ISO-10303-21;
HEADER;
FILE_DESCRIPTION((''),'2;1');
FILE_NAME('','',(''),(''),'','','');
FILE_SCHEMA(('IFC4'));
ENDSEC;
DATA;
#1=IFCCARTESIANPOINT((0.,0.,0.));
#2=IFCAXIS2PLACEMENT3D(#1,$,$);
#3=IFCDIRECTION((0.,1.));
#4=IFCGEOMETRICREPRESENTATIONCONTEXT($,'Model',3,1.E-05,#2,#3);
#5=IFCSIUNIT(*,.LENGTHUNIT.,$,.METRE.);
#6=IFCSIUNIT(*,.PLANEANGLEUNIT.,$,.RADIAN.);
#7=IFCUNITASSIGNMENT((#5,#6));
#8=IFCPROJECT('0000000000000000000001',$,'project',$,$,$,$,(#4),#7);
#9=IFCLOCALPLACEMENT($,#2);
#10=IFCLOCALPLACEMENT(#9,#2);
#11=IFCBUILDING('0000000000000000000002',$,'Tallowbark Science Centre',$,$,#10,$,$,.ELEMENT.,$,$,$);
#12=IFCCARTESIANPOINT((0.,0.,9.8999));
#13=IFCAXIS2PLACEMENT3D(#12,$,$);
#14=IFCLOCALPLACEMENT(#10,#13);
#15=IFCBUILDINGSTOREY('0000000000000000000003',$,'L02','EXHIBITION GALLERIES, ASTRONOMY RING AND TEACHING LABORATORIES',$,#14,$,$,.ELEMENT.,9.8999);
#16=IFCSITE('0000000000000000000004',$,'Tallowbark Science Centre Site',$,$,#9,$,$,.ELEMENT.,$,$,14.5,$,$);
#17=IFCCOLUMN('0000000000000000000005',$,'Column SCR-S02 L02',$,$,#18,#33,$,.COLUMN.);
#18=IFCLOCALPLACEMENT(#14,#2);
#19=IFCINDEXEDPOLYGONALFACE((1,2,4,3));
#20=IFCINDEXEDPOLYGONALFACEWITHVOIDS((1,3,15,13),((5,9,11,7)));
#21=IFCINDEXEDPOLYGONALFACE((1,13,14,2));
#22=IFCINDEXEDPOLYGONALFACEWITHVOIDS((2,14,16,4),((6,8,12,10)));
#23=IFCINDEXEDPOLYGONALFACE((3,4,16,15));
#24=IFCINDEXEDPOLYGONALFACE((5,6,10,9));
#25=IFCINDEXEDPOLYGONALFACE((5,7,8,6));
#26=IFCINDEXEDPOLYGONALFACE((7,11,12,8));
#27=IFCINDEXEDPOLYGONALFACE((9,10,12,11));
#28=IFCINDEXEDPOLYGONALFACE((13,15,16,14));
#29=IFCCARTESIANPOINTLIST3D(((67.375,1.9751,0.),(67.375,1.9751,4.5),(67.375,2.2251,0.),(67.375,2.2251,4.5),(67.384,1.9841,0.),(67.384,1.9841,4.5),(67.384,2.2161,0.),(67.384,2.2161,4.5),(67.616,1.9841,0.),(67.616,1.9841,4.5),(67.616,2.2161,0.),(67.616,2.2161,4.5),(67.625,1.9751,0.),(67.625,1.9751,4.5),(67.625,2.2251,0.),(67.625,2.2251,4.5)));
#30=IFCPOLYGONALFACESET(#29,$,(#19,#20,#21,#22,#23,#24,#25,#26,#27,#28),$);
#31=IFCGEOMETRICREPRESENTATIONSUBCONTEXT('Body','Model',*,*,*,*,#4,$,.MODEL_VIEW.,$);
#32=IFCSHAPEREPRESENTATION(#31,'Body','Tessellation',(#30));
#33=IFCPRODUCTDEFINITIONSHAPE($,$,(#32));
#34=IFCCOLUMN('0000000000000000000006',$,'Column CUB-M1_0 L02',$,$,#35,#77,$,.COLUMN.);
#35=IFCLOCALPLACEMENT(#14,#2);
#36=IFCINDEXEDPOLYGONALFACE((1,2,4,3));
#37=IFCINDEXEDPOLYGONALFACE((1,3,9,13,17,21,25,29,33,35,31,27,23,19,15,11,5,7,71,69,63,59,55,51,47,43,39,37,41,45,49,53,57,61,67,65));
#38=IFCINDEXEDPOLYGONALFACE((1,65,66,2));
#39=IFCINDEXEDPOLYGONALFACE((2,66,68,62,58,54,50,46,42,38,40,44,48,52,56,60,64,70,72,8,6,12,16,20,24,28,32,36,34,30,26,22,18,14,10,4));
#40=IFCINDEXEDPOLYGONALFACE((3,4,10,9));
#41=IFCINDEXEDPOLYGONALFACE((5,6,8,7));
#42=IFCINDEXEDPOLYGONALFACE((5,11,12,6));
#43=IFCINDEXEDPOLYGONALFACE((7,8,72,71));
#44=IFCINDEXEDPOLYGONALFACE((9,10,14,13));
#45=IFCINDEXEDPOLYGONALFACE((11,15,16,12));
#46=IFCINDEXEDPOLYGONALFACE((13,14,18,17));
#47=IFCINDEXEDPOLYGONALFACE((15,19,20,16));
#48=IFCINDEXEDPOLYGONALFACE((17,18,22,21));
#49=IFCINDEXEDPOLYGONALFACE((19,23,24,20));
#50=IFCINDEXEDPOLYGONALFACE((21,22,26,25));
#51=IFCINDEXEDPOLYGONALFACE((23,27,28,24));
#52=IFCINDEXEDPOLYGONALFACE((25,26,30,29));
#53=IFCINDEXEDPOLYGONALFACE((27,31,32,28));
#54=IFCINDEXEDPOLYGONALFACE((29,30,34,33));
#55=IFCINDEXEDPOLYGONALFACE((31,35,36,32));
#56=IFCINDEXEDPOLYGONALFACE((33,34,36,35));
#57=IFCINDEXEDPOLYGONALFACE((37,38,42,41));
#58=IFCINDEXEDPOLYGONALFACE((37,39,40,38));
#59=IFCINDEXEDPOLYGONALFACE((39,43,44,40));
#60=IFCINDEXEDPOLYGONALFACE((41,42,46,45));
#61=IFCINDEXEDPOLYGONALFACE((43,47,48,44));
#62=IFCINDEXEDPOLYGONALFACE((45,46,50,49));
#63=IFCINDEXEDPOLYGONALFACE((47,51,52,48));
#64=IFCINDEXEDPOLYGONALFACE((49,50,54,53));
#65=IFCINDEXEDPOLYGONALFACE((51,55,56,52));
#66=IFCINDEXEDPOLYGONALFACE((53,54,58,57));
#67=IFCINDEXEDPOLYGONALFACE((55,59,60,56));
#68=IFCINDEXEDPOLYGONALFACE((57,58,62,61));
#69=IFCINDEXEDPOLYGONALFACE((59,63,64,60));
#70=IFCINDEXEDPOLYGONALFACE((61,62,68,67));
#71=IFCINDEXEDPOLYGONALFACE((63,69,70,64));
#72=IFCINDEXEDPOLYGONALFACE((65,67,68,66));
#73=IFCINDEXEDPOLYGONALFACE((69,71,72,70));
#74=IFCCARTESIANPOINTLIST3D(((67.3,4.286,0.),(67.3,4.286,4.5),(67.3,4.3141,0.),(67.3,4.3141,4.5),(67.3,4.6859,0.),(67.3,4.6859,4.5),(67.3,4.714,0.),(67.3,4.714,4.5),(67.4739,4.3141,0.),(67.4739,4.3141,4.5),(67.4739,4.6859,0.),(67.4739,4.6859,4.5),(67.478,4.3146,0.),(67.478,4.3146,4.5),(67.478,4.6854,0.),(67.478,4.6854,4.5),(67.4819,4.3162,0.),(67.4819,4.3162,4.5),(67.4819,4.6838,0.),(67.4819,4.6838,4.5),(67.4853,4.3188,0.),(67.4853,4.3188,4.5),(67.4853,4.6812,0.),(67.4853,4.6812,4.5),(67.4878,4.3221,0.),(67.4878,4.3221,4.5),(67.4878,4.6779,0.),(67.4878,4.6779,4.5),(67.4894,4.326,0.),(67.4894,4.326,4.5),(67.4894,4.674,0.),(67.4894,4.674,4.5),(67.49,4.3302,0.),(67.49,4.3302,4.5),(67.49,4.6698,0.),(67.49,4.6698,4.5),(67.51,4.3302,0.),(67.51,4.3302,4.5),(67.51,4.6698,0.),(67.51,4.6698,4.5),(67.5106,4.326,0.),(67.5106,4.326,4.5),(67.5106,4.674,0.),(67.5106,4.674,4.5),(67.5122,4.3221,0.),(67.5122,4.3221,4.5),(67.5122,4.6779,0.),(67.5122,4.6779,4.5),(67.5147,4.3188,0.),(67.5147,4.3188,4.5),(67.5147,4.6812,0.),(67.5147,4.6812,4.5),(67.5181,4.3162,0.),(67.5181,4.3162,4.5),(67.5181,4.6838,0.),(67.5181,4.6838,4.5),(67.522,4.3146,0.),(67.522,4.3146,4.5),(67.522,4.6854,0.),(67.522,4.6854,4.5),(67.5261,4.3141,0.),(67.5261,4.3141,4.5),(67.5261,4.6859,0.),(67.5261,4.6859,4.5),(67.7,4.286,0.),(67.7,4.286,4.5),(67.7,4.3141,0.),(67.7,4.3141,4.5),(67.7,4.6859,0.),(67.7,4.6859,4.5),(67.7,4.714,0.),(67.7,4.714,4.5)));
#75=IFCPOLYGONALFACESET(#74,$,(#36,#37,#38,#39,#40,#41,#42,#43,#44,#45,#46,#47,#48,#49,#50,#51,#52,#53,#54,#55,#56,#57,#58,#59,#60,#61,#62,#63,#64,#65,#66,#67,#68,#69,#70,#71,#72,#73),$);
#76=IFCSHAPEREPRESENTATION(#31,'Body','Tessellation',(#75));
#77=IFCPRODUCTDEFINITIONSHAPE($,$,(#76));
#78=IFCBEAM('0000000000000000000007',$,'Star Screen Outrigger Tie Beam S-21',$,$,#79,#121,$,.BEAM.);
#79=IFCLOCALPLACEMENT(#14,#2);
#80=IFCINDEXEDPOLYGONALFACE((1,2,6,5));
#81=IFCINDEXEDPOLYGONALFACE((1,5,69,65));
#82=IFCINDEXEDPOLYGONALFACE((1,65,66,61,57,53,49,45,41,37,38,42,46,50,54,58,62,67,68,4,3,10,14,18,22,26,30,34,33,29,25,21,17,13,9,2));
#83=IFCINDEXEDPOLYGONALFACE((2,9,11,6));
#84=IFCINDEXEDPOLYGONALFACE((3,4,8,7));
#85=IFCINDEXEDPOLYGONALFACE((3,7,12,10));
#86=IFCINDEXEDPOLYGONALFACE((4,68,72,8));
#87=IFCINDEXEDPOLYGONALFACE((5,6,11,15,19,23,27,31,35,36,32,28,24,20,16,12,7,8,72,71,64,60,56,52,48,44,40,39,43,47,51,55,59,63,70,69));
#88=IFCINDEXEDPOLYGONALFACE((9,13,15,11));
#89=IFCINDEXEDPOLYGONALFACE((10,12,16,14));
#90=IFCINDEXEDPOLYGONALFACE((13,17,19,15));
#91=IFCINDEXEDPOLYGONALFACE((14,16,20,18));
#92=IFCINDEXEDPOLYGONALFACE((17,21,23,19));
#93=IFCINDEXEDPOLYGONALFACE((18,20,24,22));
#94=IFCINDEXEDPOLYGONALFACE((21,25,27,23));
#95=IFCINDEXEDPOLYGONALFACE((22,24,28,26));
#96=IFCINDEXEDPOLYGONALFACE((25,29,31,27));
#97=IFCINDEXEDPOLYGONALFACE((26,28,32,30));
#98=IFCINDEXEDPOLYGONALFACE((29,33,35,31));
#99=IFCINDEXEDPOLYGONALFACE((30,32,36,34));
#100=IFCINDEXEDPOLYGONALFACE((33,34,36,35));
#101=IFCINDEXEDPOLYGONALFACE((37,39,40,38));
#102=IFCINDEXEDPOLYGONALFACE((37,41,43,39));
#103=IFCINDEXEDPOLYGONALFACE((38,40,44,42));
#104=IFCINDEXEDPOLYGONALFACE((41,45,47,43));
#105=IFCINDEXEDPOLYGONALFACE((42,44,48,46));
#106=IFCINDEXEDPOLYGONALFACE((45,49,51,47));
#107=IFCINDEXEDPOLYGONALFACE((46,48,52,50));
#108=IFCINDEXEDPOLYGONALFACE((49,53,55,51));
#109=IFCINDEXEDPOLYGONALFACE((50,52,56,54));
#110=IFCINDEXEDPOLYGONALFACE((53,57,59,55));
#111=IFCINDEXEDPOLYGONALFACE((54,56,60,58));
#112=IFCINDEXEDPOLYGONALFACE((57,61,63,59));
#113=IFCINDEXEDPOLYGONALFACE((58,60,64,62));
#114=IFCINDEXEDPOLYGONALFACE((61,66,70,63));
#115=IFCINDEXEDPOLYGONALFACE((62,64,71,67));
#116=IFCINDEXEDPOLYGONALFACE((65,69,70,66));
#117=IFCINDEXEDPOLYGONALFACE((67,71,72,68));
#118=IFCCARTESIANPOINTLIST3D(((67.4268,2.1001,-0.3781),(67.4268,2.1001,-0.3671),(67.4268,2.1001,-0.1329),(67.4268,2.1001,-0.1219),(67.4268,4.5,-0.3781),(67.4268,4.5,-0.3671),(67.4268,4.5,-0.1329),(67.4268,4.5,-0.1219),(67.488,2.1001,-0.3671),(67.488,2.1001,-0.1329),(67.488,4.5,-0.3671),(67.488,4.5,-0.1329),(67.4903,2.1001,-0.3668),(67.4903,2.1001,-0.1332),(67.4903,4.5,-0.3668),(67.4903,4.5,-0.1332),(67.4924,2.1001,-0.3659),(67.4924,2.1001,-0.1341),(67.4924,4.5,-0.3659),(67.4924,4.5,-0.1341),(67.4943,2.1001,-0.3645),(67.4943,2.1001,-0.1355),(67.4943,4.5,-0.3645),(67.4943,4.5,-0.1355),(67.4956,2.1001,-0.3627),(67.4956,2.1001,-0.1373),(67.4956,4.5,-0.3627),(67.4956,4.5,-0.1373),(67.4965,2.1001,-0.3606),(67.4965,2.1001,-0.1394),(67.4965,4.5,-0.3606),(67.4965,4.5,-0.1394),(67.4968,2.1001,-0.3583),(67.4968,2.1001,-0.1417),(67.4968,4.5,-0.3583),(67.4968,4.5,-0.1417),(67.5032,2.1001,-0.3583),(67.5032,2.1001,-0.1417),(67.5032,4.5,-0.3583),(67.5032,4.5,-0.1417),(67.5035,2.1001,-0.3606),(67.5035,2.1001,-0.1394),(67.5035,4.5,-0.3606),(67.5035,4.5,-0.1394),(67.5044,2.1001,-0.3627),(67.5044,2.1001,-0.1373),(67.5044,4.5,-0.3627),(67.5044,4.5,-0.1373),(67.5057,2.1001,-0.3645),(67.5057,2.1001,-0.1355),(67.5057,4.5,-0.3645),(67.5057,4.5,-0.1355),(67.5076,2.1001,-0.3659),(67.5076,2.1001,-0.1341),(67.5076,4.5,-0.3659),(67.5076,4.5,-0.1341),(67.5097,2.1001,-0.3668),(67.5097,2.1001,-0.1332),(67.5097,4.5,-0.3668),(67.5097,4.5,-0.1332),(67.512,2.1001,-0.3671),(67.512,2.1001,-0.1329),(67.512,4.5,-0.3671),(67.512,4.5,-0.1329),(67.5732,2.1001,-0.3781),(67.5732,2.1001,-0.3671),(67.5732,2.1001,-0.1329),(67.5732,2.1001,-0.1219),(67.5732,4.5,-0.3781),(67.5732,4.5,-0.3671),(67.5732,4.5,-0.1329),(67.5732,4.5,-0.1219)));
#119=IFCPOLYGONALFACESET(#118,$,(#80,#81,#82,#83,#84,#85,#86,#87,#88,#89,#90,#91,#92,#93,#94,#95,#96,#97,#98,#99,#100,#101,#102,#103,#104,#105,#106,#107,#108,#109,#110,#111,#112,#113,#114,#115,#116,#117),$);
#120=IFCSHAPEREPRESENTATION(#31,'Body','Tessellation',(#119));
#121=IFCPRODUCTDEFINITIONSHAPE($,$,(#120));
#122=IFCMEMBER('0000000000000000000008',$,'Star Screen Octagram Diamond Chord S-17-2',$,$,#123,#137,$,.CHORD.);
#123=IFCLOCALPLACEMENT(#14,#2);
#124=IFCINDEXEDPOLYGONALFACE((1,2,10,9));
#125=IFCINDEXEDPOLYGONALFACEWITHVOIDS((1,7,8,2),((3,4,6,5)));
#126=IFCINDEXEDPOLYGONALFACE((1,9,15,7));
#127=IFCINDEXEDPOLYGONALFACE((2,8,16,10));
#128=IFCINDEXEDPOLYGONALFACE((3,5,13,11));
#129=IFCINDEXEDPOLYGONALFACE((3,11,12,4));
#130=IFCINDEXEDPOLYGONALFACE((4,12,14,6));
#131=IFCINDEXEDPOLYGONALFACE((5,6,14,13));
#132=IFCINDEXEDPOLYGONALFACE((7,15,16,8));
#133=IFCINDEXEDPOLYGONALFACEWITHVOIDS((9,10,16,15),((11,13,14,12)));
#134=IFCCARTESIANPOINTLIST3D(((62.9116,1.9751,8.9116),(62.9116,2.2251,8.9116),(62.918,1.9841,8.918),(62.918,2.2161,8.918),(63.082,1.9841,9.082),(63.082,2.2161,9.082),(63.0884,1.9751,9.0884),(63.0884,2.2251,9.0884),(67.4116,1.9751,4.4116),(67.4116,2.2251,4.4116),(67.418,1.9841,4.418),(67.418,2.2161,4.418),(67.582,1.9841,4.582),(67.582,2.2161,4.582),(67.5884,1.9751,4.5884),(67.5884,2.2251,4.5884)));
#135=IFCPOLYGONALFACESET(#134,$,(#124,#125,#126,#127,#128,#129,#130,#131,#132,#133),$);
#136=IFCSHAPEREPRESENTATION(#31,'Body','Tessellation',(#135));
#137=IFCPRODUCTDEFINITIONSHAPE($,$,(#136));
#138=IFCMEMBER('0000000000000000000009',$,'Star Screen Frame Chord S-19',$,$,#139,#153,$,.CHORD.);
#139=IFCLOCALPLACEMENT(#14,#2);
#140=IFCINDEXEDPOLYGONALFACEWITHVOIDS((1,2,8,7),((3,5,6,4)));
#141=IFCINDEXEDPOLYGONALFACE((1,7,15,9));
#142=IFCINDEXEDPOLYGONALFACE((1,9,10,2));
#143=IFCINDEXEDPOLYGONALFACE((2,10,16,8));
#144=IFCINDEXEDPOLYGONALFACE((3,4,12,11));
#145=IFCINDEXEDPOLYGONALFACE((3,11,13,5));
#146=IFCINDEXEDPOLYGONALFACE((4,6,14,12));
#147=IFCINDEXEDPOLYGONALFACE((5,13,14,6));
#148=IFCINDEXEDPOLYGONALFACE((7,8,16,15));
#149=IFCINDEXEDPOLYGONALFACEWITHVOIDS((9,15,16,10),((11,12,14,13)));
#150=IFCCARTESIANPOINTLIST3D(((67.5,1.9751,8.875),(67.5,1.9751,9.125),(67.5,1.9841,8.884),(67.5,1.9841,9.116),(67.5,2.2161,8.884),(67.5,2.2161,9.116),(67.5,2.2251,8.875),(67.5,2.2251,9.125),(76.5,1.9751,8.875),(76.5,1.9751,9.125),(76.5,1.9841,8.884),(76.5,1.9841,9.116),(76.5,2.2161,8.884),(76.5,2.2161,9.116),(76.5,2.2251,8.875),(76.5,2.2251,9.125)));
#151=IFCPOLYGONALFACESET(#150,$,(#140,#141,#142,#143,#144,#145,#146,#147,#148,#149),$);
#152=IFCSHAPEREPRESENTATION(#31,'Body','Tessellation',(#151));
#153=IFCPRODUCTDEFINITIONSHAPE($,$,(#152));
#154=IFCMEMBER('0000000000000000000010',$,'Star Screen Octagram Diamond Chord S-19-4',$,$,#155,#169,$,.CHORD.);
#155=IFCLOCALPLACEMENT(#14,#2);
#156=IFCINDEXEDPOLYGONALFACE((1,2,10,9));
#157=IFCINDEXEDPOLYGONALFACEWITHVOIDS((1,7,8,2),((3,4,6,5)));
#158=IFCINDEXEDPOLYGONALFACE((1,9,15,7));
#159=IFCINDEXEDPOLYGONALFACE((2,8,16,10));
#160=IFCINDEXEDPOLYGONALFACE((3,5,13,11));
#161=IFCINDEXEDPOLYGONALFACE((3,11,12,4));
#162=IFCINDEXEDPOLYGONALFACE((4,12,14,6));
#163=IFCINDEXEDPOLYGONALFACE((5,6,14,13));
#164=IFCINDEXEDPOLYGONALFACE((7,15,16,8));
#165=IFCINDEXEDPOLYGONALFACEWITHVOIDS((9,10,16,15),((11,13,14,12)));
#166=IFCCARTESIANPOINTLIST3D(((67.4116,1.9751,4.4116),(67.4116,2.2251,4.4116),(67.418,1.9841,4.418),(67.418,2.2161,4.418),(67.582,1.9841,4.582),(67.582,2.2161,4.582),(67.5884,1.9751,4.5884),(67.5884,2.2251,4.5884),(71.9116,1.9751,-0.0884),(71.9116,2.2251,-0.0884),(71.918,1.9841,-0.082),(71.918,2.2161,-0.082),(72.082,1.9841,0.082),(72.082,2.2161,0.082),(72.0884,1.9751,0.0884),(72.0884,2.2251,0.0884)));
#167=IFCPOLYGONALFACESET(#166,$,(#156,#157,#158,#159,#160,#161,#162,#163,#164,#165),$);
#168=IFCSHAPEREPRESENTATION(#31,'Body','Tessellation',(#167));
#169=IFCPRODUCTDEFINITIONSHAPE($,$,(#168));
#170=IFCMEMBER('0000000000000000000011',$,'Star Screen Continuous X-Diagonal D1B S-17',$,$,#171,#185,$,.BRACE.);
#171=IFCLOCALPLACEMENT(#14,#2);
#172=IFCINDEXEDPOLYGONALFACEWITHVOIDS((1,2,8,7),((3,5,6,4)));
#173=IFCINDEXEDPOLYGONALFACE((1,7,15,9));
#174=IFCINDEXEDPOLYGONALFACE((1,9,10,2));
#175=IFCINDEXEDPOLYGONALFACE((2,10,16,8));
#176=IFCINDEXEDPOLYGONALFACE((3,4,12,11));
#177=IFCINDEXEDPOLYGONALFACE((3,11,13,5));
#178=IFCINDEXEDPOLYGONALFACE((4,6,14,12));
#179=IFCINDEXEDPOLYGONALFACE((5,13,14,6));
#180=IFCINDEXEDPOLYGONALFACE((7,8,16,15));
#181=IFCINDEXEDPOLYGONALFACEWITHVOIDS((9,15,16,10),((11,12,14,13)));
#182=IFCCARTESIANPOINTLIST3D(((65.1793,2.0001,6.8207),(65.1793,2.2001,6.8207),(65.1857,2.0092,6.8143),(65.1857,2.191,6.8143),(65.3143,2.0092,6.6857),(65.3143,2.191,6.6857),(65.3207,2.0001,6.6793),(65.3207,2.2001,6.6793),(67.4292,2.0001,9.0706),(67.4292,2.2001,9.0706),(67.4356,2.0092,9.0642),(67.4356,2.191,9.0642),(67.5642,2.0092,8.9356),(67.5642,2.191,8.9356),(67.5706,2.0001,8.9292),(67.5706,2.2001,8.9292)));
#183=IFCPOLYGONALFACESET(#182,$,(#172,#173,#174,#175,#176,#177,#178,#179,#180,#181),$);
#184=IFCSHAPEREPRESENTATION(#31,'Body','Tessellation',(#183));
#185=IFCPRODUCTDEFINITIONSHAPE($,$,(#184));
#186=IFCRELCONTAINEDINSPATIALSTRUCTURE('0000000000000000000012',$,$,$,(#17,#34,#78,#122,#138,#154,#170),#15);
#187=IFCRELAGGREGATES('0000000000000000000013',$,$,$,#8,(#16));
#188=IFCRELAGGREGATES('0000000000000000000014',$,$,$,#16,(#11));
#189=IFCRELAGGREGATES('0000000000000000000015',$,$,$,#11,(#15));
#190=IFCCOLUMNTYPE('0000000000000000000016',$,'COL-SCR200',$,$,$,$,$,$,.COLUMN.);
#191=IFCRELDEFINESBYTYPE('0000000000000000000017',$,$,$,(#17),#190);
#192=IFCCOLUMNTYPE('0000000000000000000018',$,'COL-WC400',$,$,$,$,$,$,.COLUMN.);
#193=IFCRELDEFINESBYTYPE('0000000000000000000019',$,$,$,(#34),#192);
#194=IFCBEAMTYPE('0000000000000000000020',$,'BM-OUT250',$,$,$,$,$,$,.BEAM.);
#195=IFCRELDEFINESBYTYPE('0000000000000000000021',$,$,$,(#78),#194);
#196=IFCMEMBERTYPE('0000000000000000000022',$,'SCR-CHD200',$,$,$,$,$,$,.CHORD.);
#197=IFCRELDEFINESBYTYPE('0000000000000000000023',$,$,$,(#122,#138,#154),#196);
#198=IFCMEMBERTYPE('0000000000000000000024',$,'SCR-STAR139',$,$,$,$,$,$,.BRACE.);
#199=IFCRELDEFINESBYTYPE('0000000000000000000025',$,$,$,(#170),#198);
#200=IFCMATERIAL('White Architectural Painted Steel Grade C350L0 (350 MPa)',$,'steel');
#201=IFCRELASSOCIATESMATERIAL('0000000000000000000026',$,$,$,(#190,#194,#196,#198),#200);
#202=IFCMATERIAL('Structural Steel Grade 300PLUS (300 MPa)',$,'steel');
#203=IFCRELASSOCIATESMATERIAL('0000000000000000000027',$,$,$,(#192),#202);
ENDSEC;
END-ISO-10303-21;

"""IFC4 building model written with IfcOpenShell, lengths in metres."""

from ifc_helpers import new_model, si_unit, direction, frame, origin, origin_2d, place, context, subcontext, project, spatial, hollow_rectangle, i_section, extrude, material, material_profile, profile_set, type_object, element, save


model = new_model("IFC4")

# Units and contexts
model_context = context("Model", 3, precision=1e-05, world=origin(), true_north=direction((0.0, 1.0)))
body_context = subcontext(model_context, "Body", "Model", "MODEL_VIEW")
ifc_project = project(units=[si_unit("LENGTHUNIT", "METRE"), si_unit("PLANEANGLEUNIT", "RADIAN")], contexts=[model_context])

# Site, building, storey
site_placement = place(None, origin())
site = spatial("IfcSite", under=ifc_project, at=site_placement, Name="Tallowbark Science Centre Site", CompositionType="ELEMENT", RefElevation=14.5)
building_placement = place(site_placement, origin())
building = spatial("IfcBuilding", under=site, at=building_placement, Name="Tallowbark Science Centre", CompositionType="ELEMENT")
storey_placement = place(building_placement, frame((0.0, 0.0, 9.8999)))
storey = spatial("IfcBuildingStorey", under=building, at=storey_placement, Name="L02", Description="EXHIBITION GALLERIES, ASTRONOMY RING AND TEACHING LABORATORIES", CompositionType="ELEMENT", Elevation=9.8999)

# Columns
ifc_material_1 = material(Name="White Architectural Painted Steel Grade C350L0 (350 MPa)", Category="steel")
ifc_material_profile_1 = material_profile(ifc_material_1, hollow_rectangle(XDim=0.25, YDim=0.25, WallThickness=0.009, at=origin_2d()), Name="250x250x9.0SHS")
ifc_profile_set_1 = profile_set([ifc_material_profile_1], Name="White Architectural Painted Steel Grade C350L0 (350 MPa)")
column_type_1 = type_object("IfcColumnType", Name="COL-SCR200", PredefinedType="COLUMN", material=ifc_profile_set_1)
column_1_placement = place(storey_placement, frame((67.5, 2.1001, 0.0), z_axis=(0.0, 0.0, 1.0), x_axis=(1.0, 0.0, 0.0)))
element("IfcColumn", 1, at=column_1_placement, inside=storey, type_object=column_type_1, Name="Column SCR-S02 L02", PredefinedType="COLUMN", context=body_context, shape_type="SweptSolid", body=[
    extrude(hollow_rectangle(XDim=0.25, YDim=0.25, WallThickness=0.009, at=origin_2d()), origin(), (0.0, 0.0, 1.0), 4.5),
])
ifc_material_2 = material(Name="Structural Steel Grade 300PLUS (300 MPa)", Category="steel")
ifc_material_profile_2 = material_profile(ifc_material_2, i_section(OverallWidth=0.3999, OverallDepth=0.428, WebThickness=0.02, FlangeThickness=0.0281, FilletRadius=0.0161, at=origin_2d()), Name="400WC270")
ifc_profile_set_2 = profile_set([ifc_material_profile_2], Name="Structural Steel Grade 300PLUS (300 MPa)")
column_type_2 = type_object("IfcColumnType", Name="COL-WC400", PredefinedType="COLUMN", material=ifc_profile_set_2)
column_2_placement = place(storey_placement, frame((67.5, 4.5, 0.0), z_axis=(0.0, 0.0, 1.0), x_axis=(1.0, 0.0, 0.0)))
element("IfcColumn", 2, at=column_2_placement, inside=storey, type_object=column_type_2, Name="Column CUB-M1_0 L02", PredefinedType="COLUMN", context=body_context, shape_type="SweptSolid", body=[
    extrude(i_section(OverallWidth=0.3999, OverallDepth=0.428, WebThickness=0.02, FlangeThickness=0.0281, FilletRadius=0.0161, at=origin_2d()), origin(), (0.0, 0.0, 1.0), 4.5),
])

# Beam
ifc_material_profile_3 = material_profile(ifc_material_1, i_section(OverallWidth=0.1465, OverallDepth=0.2561, WebThickness=0.0063, FlangeThickness=0.011, FilletRadius=0.0088, at=origin_2d()), Name="250UB37.3")
ifc_profile_set_3 = profile_set([ifc_material_profile_3], Name="White Architectural Painted Steel Grade C350L0 (350 MPa)")
beam_type_1 = type_object("IfcBeamType", Name="BM-OUT250", PredefinedType="BEAM", material=ifc_profile_set_3)
beam_placement = place(storey_placement, frame((67.5, 4.5, -0.25), z_axis=(0.0, -1.0, 0.0), x_axis=(1.0, 0.0, 0.0)))
element("IfcBeam", 3, at=beam_placement, inside=storey, type_object=beam_type_1, Name="Star Screen Outrigger Tie Beam S-21", PredefinedType="BEAM", context=body_context, shape_type="SweptSolid", body=[
    extrude(i_section(OverallWidth=0.1465, OverallDepth=0.2561, WebThickness=0.0063, FlangeThickness=0.011, FilletRadius=0.0088, at=origin_2d()), origin(), (0.0, 0.0, 1.0), 2.3999),
])

# Members
ifc_material_profile_4 = material_profile(ifc_material_1, hollow_rectangle(XDim=0.25, YDim=0.25, WallThickness=0.009, at=origin_2d()), Name="250x250x9.0SHS")
ifc_profile_set_4 = profile_set([ifc_material_profile_4], Name="White Architectural Painted Steel Grade C350L0 (350 MPa)")
member_type_1 = type_object("IfcMemberType", Name="SCR-CHD200", PredefinedType="CHORD", material=ifc_profile_set_4)
member_1_placement = place(storey_placement, frame((67.5, 2.1001, 4.5), z_axis=(-0.707107, 0.0, 0.707107), x_axis=(0.0, -1.0, 0.0)))
element("IfcMember", 4, at=member_1_placement, inside=storey, type_object=member_type_1, Name="Star Screen Octagram Diamond Chord S-17-2", PredefinedType="CHORD", context=body_context, shape_type="SweptSolid", body=[
    extrude(hollow_rectangle(XDim=0.25, YDim=0.25, WallThickness=0.009, at=origin_2d()), origin(), (0.0, 0.0, 1.0), 6.364),
])
member_2_placement = place(storey_placement, frame((67.5, 2.1001, 9.0), z_axis=(1.0, 0.0, 0.0), x_axis=(0.0, 1.0, 0.0)))
element("IfcMember", 5, at=member_2_placement, inside=storey, type_object=member_type_1, Name="Star Screen Frame Chord S-19", PredefinedType="CHORD", context=body_context, shape_type="SweptSolid", body=[
    extrude(hollow_rectangle(XDim=0.25, YDim=0.25, WallThickness=0.009, at=origin_2d()), origin(), (0.0, 0.0, 1.0), 9.0),
])
member_3_placement = place(storey_placement, frame((67.5, 2.1001, 4.5), z_axis=(0.707107, 0.0, -0.707107), x_axis=(0.0, 1.0, 0.0)))
element("IfcMember", 6, at=member_3_placement, inside=storey, type_object=member_type_1, Name="Star Screen Octagram Diamond Chord S-19-4", PredefinedType="CHORD", context=body_context, shape_type="SweptSolid", body=[
    extrude(hollow_rectangle(XDim=0.25, YDim=0.25, WallThickness=0.009, at=origin_2d()), origin(), (0.0, 0.0, 1.0), 6.364),
])
ifc_material_profile_5 = material_profile(ifc_material_1, hollow_rectangle(XDim=0.2, YDim=0.2, WallThickness=0.009, at=origin_2d()), Name="200x200x9.0SHS")
ifc_profile_set_5 = profile_set([ifc_material_profile_5], Name="White Architectural Painted Steel Grade C350L0 (350 MPa)")
member_type_2 = type_object("IfcMemberType", Name="SCR-STAR139", PredefinedType="BRACE", material=ifc_profile_set_5)
for number, where, z_axis, x_axis, name in (
    (7, (65.25, 2.1001, 6.75), (0.707107, 0.0, 0.707107), (0.0, 1.0, 0.0), "Star Screen Continuous X-Diagonal D1B S-17"),
):
    element("IfcMember", number, at=place(storey_placement, frame(where, z_axis=z_axis, x_axis=x_axis)), inside=storey, type_object=member_type_2, Name=name, PredefinedType="BRACE", context=body_context, shape_type="SweptSolid", body=[
        extrude(hollow_rectangle(XDim=0.2, YDim=0.2, WallThickness=0.009, at=origin_2d()), origin(), (0.0, 0.0, 1.0), 3.1819),
    ])

save(model, "model.ifc")
